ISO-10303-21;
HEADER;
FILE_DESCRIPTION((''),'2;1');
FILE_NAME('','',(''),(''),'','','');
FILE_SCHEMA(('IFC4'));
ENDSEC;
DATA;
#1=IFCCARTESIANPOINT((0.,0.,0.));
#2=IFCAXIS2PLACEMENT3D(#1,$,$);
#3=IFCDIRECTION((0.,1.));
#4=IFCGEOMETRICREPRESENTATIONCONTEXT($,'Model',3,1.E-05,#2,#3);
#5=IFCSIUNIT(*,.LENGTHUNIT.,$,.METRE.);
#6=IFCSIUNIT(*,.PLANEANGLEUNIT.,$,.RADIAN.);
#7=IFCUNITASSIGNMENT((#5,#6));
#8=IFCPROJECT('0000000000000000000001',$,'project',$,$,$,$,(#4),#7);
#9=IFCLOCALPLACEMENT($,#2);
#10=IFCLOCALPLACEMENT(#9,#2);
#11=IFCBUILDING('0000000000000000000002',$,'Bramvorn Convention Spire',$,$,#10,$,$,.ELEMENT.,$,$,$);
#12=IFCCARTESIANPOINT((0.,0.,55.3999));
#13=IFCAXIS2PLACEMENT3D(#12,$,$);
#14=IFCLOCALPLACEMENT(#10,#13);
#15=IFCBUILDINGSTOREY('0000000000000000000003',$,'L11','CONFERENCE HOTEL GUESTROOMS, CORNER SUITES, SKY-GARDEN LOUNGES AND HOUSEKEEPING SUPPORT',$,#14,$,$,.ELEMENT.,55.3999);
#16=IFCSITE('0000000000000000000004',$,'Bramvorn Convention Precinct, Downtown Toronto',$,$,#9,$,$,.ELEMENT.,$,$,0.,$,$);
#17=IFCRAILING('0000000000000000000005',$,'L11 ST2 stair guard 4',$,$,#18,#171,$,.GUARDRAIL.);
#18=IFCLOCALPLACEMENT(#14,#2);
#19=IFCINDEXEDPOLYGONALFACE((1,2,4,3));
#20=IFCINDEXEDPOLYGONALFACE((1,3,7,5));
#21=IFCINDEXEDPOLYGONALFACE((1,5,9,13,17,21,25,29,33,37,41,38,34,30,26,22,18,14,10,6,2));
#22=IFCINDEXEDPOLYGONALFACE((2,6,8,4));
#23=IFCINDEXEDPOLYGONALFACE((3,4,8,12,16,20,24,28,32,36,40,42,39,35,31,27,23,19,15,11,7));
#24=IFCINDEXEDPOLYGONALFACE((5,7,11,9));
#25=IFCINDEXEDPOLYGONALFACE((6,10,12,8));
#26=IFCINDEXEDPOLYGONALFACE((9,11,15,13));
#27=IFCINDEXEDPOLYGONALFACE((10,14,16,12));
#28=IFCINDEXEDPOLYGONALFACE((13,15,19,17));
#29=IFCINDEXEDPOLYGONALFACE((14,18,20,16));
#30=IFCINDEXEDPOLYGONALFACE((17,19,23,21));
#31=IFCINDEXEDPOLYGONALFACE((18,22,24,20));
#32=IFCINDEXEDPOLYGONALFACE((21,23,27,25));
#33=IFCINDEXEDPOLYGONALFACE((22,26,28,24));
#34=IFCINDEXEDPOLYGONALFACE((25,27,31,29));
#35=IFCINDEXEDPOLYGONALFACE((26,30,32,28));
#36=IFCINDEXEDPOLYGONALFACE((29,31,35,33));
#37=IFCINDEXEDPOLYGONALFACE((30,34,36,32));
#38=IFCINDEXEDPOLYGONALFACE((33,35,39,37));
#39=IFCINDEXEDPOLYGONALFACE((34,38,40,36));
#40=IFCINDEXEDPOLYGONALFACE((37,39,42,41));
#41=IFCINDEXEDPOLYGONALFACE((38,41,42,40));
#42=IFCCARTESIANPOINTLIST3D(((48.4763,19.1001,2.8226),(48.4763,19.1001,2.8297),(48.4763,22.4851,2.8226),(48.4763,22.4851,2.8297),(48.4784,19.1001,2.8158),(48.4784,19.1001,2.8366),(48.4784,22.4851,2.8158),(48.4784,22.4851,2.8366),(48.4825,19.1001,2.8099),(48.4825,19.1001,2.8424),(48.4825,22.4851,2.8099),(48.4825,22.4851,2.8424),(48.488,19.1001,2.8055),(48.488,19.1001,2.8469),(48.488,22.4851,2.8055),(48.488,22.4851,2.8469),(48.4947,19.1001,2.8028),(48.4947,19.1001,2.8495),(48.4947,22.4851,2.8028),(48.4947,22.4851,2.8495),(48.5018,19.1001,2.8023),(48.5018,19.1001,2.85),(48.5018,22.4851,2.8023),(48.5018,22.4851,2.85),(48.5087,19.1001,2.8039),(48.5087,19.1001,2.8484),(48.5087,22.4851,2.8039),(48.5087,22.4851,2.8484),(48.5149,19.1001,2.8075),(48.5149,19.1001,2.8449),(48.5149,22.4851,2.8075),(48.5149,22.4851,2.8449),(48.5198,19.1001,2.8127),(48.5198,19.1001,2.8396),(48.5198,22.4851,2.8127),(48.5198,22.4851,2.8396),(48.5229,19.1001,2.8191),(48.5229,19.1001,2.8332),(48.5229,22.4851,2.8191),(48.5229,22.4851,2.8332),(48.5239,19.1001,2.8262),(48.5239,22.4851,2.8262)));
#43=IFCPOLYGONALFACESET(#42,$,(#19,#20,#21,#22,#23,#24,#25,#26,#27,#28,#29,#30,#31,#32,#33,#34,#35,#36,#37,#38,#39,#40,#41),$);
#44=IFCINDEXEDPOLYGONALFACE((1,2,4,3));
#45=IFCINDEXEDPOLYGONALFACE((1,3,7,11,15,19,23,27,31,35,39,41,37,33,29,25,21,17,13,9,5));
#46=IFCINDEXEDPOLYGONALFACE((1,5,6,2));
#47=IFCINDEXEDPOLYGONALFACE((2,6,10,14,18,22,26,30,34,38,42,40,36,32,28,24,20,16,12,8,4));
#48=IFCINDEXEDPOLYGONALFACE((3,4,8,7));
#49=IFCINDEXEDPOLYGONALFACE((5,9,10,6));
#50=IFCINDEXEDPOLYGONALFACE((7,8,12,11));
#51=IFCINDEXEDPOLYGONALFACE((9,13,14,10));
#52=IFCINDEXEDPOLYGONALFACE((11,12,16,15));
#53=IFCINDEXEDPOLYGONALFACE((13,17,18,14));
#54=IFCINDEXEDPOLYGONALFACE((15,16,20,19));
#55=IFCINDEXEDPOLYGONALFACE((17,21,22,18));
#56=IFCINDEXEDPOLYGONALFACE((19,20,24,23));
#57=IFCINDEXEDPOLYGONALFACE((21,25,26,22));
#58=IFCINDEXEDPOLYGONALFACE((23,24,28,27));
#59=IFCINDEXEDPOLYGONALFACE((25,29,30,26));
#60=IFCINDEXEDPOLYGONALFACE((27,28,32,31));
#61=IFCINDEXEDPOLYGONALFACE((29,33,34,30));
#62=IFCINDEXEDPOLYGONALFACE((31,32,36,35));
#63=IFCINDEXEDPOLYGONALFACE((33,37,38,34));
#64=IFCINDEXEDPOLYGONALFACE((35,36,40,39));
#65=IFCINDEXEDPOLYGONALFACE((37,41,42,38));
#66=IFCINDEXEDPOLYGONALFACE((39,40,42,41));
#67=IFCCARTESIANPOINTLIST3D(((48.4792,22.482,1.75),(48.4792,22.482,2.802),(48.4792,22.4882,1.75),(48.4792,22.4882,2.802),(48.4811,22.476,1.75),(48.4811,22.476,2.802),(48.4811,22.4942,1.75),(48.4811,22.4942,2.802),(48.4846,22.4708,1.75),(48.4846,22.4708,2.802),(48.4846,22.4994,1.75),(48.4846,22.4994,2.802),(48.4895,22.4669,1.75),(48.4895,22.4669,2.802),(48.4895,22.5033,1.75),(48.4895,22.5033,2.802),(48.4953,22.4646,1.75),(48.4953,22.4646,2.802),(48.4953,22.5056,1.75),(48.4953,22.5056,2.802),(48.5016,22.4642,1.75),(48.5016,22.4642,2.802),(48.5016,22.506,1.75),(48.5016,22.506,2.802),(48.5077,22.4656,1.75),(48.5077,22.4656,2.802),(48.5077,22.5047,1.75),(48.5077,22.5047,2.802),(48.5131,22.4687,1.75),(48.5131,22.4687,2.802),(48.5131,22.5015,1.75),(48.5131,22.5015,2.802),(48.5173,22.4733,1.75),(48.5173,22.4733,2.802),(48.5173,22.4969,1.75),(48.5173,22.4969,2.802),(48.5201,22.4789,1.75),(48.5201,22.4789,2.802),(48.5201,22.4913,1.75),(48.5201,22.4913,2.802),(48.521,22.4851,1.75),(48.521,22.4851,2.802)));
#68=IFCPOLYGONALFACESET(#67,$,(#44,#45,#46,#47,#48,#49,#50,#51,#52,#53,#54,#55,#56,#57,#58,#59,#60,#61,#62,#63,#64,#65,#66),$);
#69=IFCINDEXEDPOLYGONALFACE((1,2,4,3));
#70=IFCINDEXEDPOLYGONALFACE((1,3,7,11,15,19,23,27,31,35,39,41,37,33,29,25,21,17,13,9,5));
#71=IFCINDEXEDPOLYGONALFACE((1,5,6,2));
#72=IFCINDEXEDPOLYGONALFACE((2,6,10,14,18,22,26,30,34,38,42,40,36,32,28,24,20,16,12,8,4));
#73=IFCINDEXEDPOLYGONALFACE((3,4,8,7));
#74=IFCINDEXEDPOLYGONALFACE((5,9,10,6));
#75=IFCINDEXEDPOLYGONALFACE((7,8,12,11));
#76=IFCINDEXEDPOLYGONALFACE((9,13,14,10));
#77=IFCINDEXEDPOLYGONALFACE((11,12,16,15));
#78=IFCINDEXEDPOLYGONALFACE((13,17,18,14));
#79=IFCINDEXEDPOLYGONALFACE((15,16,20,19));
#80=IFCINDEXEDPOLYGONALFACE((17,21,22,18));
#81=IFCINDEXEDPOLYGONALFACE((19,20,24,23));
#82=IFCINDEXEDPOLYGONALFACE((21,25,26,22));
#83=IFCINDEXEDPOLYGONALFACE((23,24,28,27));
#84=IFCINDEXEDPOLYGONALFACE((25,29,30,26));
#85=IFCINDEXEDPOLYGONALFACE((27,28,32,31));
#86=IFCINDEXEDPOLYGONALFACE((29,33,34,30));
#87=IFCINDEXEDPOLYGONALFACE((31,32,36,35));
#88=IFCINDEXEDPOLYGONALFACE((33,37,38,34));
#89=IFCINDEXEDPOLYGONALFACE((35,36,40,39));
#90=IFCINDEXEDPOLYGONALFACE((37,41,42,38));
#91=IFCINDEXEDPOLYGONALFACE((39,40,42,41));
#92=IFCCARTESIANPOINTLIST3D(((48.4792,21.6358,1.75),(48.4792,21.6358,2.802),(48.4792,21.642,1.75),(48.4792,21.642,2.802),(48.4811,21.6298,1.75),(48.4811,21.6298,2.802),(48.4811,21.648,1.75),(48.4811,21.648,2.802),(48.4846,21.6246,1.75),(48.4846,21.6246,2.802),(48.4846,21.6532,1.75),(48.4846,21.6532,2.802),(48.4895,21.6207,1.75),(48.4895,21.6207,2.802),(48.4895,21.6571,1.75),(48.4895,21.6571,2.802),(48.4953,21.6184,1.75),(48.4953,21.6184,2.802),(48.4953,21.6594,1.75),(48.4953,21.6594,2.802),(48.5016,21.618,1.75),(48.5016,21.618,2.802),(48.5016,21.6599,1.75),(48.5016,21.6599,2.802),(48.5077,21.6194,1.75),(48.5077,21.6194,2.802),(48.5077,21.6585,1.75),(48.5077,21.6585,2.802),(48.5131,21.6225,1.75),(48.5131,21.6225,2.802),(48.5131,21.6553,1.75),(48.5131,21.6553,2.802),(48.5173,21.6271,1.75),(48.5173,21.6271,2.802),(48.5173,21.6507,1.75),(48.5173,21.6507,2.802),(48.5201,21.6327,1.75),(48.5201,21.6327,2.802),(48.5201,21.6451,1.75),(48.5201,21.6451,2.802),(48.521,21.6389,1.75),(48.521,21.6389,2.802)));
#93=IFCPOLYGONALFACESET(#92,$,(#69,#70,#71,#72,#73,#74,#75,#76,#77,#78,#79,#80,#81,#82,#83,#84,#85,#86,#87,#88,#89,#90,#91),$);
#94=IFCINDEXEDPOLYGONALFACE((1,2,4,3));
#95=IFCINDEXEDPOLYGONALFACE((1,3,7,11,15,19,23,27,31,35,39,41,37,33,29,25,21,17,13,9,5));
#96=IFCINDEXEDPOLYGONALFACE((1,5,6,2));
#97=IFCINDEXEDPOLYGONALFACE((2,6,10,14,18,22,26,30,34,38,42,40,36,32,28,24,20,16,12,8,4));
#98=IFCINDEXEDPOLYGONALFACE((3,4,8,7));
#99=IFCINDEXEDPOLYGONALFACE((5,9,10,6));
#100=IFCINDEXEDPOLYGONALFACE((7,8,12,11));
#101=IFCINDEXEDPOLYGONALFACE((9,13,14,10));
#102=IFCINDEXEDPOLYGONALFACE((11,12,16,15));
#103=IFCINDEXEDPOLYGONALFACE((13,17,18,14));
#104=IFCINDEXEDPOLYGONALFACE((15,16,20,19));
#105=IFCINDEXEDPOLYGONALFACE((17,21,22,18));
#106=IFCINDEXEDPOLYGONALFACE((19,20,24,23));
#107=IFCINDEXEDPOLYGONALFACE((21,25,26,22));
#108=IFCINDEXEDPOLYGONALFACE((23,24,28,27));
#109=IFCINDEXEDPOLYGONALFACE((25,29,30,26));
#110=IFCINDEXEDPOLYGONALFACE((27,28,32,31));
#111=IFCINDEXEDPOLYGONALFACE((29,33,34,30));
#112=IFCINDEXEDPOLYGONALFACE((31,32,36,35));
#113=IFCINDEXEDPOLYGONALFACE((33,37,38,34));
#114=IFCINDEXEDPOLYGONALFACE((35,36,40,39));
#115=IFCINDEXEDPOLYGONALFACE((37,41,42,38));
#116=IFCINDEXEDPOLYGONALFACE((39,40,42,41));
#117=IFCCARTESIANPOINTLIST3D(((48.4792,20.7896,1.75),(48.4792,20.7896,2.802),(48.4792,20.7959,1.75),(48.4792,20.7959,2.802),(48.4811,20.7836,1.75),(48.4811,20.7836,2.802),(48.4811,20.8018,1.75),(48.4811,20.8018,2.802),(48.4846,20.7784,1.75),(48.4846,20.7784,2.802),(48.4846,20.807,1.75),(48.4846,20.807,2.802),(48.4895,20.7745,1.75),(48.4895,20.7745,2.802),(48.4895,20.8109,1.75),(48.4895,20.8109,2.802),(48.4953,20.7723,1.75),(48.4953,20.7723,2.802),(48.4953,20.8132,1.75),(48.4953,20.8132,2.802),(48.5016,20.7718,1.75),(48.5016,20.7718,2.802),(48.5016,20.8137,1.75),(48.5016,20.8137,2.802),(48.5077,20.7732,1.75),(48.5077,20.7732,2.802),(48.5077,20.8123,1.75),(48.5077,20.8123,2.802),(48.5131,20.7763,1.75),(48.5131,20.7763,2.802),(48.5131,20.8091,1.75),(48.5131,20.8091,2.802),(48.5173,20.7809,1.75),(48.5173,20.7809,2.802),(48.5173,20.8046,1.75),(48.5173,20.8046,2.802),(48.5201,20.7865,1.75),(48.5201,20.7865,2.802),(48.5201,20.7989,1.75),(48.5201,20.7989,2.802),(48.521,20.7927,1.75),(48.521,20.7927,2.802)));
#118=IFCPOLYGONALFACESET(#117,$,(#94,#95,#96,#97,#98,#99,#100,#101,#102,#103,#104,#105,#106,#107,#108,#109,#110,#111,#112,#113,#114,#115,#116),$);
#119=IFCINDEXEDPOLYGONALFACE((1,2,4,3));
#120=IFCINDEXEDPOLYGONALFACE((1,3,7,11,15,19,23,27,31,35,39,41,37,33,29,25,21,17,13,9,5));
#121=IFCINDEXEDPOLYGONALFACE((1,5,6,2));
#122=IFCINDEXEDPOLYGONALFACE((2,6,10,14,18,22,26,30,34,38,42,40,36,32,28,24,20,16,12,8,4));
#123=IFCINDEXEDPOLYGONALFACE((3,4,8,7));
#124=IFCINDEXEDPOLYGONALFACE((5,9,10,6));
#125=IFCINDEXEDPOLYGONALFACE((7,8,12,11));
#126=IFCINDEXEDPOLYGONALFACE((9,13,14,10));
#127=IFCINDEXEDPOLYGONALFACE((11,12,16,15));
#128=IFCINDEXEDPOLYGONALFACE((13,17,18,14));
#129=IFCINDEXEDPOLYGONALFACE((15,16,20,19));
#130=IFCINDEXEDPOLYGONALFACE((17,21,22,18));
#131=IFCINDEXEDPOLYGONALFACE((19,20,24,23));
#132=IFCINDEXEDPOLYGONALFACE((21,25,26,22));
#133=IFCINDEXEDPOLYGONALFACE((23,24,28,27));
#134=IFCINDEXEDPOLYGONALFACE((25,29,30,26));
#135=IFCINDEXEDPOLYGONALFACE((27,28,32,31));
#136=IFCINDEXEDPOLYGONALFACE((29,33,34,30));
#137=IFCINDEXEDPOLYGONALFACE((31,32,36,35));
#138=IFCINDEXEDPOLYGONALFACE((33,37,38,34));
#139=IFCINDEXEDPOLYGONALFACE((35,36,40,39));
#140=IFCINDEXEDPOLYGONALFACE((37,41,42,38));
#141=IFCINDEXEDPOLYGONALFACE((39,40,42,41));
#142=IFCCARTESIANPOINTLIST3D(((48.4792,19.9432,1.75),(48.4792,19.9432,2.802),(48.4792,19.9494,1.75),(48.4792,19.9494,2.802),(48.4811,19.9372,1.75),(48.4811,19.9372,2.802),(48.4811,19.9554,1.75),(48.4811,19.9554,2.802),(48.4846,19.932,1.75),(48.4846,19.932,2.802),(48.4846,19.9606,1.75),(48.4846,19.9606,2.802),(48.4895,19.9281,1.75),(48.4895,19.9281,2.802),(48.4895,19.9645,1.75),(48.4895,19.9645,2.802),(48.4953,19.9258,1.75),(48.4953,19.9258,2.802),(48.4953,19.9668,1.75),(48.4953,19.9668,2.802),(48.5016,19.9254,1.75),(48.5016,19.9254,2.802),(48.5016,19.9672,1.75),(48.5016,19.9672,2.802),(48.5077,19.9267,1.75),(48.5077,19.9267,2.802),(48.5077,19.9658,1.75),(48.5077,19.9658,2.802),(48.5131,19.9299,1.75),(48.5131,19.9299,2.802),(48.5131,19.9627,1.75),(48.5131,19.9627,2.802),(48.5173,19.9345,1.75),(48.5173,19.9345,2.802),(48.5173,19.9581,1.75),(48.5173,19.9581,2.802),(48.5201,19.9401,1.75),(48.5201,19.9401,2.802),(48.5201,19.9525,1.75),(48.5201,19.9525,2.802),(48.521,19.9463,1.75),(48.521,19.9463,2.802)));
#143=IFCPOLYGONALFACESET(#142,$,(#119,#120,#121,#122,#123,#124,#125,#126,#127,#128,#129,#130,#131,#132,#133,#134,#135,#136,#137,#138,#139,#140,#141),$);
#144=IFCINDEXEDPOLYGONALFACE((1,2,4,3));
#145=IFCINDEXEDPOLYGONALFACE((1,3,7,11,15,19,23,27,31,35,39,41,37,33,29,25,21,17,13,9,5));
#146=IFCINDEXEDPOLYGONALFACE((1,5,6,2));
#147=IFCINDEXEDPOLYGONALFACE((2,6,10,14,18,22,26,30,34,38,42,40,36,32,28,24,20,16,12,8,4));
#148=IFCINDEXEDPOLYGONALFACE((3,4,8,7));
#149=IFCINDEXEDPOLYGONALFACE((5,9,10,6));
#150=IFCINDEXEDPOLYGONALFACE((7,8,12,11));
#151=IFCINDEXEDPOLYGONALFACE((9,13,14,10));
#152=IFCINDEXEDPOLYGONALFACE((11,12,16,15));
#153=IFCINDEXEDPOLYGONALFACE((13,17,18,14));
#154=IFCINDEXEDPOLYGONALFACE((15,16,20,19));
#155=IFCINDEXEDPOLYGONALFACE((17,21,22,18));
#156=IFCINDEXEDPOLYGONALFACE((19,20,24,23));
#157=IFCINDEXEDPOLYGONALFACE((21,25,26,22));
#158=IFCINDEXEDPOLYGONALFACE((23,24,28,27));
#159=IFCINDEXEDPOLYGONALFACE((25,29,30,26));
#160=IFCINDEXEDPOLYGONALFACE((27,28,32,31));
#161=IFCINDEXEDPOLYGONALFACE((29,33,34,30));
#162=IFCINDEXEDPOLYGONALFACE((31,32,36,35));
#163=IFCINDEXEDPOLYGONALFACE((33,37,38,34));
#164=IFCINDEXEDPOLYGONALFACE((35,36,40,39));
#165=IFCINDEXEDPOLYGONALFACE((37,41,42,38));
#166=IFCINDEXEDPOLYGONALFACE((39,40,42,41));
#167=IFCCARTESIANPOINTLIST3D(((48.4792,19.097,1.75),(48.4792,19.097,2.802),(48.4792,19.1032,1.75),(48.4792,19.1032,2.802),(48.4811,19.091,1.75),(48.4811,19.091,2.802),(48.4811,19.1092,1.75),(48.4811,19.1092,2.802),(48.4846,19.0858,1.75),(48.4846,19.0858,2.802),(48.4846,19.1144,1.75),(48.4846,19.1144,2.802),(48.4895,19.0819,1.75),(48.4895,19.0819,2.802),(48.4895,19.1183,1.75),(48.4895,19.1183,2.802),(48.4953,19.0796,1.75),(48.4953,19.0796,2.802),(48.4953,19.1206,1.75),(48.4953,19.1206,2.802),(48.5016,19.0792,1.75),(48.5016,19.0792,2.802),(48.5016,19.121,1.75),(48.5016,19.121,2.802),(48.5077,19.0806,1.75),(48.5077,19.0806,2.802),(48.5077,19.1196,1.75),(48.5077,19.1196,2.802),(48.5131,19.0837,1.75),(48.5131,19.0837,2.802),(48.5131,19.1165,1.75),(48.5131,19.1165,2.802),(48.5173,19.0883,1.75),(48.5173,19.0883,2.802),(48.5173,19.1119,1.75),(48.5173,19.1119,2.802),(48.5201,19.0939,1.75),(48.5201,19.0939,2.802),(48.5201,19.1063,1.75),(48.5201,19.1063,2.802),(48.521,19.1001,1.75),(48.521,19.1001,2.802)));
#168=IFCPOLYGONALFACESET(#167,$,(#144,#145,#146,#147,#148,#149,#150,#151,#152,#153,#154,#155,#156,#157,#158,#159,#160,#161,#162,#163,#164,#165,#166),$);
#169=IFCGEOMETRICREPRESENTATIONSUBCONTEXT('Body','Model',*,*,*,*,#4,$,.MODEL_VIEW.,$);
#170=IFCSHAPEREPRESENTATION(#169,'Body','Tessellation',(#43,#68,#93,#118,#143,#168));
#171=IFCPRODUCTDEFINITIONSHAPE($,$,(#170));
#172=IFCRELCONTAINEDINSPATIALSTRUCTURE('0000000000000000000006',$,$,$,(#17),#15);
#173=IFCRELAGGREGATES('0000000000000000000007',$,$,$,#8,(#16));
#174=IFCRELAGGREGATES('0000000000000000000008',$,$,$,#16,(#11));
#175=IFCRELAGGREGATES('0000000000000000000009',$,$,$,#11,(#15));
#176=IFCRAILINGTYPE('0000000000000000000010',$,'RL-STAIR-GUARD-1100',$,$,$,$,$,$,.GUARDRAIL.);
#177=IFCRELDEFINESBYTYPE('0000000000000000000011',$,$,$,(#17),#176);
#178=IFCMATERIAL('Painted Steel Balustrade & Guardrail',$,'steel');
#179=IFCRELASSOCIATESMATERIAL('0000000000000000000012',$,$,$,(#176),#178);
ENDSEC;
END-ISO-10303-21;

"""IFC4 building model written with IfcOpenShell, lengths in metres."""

from ifc_helpers import new_model, si_unit, direction, frame, origin, origin_2d, place, context, subcontext, project, spatial, circle, extrude, material, type_object, element, save


model = new_model("IFC4")

# Units and contexts
model_context = context("Model", 3, precision=1e-05, world=origin(), true_north=direction((0.0, 1.0)))
body_context = subcontext(model_context, "Body", "Model", "MODEL_VIEW")
ifc_project = project(units=[si_unit("LENGTHUNIT", "METRE"), si_unit("PLANEANGLEUNIT", "RADIAN")], contexts=[model_context])

# Site, building, storey
site_placement = place(None, origin())
site = spatial("IfcSite", under=ifc_project, at=site_placement, Name="Bramvorn Convention Precinct, Downtown Toronto", CompositionType="ELEMENT", RefElevation=0.0)
building_placement = place(site_placement, origin())
building = spatial("IfcBuilding", under=site, at=building_placement, Name="Bramvorn Convention Spire", CompositionType="ELEMENT")
storey_placement = place(building_placement, frame((0.0, 0.0, 55.3999)))
storey = spatial("IfcBuildingStorey", under=building, at=storey_placement, Name="L11", Description="CONFERENCE HOTEL GUESTROOMS, CORNER SUITES, SKY-GARDEN LOUNGES AND HOUSEKEEPING SUPPORT", CompositionType="ELEMENT", Elevation=55.3999)

# Railing
ifc_material_1 = material(Name="Painted Steel Balustrade & Guardrail", Category="steel")
railing_type_1 = type_object("IfcRailingType", Name="RL-STAIR-GUARD-1100", PredefinedType="GUARDRAIL", material=ifc_material_1)
for number, where, name in (
    (1, (48.5, 22.4851, 1.75), "L11 ST2 stair guard 4"),
):
    element("IfcRailing", number, at=place(storey_placement, frame(where)), inside=storey, type_object=railing_type_1, Name=name, PredefinedType="GUARDRAIL", context=body_context, shape_type="SweptSolid", body=[
        extrude(circle(Radius=0.0239, at=origin_2d()), frame((0.0, 0.0, 1.0762), z_axis=(0.0, -1.0, 0.0), x_axis=(1.0, 0.0, 0.0)), (0.0, 0.0, 1.0), 3.385),
        extrude(circle(Radius=0.021, at=origin_2d()), origin(), (0.0, 0.0, 1.0), 1.052),
        extrude(circle(Radius=0.021, at=origin_2d()), frame((0.0, -0.8462, 0.0)), (0.0, 0.0, 1.0), 1.052),
        extrude(circle(Radius=0.021, at=origin_2d()), frame((0.0, -1.6924, 0.0)), (0.0, 0.0, 1.0), 1.052),
        extrude(circle(Radius=0.021, at=origin_2d()), frame((0.0, -2.5388, 0.0)), (0.0, 0.0, 1.0), 1.052),
        extrude(circle(Radius=0.021, at=origin_2d()), frame((0.0, -3.385, 0.0)), (0.0, 0.0, 1.0), 1.052),
    ])

save(model, "model.ifc")
